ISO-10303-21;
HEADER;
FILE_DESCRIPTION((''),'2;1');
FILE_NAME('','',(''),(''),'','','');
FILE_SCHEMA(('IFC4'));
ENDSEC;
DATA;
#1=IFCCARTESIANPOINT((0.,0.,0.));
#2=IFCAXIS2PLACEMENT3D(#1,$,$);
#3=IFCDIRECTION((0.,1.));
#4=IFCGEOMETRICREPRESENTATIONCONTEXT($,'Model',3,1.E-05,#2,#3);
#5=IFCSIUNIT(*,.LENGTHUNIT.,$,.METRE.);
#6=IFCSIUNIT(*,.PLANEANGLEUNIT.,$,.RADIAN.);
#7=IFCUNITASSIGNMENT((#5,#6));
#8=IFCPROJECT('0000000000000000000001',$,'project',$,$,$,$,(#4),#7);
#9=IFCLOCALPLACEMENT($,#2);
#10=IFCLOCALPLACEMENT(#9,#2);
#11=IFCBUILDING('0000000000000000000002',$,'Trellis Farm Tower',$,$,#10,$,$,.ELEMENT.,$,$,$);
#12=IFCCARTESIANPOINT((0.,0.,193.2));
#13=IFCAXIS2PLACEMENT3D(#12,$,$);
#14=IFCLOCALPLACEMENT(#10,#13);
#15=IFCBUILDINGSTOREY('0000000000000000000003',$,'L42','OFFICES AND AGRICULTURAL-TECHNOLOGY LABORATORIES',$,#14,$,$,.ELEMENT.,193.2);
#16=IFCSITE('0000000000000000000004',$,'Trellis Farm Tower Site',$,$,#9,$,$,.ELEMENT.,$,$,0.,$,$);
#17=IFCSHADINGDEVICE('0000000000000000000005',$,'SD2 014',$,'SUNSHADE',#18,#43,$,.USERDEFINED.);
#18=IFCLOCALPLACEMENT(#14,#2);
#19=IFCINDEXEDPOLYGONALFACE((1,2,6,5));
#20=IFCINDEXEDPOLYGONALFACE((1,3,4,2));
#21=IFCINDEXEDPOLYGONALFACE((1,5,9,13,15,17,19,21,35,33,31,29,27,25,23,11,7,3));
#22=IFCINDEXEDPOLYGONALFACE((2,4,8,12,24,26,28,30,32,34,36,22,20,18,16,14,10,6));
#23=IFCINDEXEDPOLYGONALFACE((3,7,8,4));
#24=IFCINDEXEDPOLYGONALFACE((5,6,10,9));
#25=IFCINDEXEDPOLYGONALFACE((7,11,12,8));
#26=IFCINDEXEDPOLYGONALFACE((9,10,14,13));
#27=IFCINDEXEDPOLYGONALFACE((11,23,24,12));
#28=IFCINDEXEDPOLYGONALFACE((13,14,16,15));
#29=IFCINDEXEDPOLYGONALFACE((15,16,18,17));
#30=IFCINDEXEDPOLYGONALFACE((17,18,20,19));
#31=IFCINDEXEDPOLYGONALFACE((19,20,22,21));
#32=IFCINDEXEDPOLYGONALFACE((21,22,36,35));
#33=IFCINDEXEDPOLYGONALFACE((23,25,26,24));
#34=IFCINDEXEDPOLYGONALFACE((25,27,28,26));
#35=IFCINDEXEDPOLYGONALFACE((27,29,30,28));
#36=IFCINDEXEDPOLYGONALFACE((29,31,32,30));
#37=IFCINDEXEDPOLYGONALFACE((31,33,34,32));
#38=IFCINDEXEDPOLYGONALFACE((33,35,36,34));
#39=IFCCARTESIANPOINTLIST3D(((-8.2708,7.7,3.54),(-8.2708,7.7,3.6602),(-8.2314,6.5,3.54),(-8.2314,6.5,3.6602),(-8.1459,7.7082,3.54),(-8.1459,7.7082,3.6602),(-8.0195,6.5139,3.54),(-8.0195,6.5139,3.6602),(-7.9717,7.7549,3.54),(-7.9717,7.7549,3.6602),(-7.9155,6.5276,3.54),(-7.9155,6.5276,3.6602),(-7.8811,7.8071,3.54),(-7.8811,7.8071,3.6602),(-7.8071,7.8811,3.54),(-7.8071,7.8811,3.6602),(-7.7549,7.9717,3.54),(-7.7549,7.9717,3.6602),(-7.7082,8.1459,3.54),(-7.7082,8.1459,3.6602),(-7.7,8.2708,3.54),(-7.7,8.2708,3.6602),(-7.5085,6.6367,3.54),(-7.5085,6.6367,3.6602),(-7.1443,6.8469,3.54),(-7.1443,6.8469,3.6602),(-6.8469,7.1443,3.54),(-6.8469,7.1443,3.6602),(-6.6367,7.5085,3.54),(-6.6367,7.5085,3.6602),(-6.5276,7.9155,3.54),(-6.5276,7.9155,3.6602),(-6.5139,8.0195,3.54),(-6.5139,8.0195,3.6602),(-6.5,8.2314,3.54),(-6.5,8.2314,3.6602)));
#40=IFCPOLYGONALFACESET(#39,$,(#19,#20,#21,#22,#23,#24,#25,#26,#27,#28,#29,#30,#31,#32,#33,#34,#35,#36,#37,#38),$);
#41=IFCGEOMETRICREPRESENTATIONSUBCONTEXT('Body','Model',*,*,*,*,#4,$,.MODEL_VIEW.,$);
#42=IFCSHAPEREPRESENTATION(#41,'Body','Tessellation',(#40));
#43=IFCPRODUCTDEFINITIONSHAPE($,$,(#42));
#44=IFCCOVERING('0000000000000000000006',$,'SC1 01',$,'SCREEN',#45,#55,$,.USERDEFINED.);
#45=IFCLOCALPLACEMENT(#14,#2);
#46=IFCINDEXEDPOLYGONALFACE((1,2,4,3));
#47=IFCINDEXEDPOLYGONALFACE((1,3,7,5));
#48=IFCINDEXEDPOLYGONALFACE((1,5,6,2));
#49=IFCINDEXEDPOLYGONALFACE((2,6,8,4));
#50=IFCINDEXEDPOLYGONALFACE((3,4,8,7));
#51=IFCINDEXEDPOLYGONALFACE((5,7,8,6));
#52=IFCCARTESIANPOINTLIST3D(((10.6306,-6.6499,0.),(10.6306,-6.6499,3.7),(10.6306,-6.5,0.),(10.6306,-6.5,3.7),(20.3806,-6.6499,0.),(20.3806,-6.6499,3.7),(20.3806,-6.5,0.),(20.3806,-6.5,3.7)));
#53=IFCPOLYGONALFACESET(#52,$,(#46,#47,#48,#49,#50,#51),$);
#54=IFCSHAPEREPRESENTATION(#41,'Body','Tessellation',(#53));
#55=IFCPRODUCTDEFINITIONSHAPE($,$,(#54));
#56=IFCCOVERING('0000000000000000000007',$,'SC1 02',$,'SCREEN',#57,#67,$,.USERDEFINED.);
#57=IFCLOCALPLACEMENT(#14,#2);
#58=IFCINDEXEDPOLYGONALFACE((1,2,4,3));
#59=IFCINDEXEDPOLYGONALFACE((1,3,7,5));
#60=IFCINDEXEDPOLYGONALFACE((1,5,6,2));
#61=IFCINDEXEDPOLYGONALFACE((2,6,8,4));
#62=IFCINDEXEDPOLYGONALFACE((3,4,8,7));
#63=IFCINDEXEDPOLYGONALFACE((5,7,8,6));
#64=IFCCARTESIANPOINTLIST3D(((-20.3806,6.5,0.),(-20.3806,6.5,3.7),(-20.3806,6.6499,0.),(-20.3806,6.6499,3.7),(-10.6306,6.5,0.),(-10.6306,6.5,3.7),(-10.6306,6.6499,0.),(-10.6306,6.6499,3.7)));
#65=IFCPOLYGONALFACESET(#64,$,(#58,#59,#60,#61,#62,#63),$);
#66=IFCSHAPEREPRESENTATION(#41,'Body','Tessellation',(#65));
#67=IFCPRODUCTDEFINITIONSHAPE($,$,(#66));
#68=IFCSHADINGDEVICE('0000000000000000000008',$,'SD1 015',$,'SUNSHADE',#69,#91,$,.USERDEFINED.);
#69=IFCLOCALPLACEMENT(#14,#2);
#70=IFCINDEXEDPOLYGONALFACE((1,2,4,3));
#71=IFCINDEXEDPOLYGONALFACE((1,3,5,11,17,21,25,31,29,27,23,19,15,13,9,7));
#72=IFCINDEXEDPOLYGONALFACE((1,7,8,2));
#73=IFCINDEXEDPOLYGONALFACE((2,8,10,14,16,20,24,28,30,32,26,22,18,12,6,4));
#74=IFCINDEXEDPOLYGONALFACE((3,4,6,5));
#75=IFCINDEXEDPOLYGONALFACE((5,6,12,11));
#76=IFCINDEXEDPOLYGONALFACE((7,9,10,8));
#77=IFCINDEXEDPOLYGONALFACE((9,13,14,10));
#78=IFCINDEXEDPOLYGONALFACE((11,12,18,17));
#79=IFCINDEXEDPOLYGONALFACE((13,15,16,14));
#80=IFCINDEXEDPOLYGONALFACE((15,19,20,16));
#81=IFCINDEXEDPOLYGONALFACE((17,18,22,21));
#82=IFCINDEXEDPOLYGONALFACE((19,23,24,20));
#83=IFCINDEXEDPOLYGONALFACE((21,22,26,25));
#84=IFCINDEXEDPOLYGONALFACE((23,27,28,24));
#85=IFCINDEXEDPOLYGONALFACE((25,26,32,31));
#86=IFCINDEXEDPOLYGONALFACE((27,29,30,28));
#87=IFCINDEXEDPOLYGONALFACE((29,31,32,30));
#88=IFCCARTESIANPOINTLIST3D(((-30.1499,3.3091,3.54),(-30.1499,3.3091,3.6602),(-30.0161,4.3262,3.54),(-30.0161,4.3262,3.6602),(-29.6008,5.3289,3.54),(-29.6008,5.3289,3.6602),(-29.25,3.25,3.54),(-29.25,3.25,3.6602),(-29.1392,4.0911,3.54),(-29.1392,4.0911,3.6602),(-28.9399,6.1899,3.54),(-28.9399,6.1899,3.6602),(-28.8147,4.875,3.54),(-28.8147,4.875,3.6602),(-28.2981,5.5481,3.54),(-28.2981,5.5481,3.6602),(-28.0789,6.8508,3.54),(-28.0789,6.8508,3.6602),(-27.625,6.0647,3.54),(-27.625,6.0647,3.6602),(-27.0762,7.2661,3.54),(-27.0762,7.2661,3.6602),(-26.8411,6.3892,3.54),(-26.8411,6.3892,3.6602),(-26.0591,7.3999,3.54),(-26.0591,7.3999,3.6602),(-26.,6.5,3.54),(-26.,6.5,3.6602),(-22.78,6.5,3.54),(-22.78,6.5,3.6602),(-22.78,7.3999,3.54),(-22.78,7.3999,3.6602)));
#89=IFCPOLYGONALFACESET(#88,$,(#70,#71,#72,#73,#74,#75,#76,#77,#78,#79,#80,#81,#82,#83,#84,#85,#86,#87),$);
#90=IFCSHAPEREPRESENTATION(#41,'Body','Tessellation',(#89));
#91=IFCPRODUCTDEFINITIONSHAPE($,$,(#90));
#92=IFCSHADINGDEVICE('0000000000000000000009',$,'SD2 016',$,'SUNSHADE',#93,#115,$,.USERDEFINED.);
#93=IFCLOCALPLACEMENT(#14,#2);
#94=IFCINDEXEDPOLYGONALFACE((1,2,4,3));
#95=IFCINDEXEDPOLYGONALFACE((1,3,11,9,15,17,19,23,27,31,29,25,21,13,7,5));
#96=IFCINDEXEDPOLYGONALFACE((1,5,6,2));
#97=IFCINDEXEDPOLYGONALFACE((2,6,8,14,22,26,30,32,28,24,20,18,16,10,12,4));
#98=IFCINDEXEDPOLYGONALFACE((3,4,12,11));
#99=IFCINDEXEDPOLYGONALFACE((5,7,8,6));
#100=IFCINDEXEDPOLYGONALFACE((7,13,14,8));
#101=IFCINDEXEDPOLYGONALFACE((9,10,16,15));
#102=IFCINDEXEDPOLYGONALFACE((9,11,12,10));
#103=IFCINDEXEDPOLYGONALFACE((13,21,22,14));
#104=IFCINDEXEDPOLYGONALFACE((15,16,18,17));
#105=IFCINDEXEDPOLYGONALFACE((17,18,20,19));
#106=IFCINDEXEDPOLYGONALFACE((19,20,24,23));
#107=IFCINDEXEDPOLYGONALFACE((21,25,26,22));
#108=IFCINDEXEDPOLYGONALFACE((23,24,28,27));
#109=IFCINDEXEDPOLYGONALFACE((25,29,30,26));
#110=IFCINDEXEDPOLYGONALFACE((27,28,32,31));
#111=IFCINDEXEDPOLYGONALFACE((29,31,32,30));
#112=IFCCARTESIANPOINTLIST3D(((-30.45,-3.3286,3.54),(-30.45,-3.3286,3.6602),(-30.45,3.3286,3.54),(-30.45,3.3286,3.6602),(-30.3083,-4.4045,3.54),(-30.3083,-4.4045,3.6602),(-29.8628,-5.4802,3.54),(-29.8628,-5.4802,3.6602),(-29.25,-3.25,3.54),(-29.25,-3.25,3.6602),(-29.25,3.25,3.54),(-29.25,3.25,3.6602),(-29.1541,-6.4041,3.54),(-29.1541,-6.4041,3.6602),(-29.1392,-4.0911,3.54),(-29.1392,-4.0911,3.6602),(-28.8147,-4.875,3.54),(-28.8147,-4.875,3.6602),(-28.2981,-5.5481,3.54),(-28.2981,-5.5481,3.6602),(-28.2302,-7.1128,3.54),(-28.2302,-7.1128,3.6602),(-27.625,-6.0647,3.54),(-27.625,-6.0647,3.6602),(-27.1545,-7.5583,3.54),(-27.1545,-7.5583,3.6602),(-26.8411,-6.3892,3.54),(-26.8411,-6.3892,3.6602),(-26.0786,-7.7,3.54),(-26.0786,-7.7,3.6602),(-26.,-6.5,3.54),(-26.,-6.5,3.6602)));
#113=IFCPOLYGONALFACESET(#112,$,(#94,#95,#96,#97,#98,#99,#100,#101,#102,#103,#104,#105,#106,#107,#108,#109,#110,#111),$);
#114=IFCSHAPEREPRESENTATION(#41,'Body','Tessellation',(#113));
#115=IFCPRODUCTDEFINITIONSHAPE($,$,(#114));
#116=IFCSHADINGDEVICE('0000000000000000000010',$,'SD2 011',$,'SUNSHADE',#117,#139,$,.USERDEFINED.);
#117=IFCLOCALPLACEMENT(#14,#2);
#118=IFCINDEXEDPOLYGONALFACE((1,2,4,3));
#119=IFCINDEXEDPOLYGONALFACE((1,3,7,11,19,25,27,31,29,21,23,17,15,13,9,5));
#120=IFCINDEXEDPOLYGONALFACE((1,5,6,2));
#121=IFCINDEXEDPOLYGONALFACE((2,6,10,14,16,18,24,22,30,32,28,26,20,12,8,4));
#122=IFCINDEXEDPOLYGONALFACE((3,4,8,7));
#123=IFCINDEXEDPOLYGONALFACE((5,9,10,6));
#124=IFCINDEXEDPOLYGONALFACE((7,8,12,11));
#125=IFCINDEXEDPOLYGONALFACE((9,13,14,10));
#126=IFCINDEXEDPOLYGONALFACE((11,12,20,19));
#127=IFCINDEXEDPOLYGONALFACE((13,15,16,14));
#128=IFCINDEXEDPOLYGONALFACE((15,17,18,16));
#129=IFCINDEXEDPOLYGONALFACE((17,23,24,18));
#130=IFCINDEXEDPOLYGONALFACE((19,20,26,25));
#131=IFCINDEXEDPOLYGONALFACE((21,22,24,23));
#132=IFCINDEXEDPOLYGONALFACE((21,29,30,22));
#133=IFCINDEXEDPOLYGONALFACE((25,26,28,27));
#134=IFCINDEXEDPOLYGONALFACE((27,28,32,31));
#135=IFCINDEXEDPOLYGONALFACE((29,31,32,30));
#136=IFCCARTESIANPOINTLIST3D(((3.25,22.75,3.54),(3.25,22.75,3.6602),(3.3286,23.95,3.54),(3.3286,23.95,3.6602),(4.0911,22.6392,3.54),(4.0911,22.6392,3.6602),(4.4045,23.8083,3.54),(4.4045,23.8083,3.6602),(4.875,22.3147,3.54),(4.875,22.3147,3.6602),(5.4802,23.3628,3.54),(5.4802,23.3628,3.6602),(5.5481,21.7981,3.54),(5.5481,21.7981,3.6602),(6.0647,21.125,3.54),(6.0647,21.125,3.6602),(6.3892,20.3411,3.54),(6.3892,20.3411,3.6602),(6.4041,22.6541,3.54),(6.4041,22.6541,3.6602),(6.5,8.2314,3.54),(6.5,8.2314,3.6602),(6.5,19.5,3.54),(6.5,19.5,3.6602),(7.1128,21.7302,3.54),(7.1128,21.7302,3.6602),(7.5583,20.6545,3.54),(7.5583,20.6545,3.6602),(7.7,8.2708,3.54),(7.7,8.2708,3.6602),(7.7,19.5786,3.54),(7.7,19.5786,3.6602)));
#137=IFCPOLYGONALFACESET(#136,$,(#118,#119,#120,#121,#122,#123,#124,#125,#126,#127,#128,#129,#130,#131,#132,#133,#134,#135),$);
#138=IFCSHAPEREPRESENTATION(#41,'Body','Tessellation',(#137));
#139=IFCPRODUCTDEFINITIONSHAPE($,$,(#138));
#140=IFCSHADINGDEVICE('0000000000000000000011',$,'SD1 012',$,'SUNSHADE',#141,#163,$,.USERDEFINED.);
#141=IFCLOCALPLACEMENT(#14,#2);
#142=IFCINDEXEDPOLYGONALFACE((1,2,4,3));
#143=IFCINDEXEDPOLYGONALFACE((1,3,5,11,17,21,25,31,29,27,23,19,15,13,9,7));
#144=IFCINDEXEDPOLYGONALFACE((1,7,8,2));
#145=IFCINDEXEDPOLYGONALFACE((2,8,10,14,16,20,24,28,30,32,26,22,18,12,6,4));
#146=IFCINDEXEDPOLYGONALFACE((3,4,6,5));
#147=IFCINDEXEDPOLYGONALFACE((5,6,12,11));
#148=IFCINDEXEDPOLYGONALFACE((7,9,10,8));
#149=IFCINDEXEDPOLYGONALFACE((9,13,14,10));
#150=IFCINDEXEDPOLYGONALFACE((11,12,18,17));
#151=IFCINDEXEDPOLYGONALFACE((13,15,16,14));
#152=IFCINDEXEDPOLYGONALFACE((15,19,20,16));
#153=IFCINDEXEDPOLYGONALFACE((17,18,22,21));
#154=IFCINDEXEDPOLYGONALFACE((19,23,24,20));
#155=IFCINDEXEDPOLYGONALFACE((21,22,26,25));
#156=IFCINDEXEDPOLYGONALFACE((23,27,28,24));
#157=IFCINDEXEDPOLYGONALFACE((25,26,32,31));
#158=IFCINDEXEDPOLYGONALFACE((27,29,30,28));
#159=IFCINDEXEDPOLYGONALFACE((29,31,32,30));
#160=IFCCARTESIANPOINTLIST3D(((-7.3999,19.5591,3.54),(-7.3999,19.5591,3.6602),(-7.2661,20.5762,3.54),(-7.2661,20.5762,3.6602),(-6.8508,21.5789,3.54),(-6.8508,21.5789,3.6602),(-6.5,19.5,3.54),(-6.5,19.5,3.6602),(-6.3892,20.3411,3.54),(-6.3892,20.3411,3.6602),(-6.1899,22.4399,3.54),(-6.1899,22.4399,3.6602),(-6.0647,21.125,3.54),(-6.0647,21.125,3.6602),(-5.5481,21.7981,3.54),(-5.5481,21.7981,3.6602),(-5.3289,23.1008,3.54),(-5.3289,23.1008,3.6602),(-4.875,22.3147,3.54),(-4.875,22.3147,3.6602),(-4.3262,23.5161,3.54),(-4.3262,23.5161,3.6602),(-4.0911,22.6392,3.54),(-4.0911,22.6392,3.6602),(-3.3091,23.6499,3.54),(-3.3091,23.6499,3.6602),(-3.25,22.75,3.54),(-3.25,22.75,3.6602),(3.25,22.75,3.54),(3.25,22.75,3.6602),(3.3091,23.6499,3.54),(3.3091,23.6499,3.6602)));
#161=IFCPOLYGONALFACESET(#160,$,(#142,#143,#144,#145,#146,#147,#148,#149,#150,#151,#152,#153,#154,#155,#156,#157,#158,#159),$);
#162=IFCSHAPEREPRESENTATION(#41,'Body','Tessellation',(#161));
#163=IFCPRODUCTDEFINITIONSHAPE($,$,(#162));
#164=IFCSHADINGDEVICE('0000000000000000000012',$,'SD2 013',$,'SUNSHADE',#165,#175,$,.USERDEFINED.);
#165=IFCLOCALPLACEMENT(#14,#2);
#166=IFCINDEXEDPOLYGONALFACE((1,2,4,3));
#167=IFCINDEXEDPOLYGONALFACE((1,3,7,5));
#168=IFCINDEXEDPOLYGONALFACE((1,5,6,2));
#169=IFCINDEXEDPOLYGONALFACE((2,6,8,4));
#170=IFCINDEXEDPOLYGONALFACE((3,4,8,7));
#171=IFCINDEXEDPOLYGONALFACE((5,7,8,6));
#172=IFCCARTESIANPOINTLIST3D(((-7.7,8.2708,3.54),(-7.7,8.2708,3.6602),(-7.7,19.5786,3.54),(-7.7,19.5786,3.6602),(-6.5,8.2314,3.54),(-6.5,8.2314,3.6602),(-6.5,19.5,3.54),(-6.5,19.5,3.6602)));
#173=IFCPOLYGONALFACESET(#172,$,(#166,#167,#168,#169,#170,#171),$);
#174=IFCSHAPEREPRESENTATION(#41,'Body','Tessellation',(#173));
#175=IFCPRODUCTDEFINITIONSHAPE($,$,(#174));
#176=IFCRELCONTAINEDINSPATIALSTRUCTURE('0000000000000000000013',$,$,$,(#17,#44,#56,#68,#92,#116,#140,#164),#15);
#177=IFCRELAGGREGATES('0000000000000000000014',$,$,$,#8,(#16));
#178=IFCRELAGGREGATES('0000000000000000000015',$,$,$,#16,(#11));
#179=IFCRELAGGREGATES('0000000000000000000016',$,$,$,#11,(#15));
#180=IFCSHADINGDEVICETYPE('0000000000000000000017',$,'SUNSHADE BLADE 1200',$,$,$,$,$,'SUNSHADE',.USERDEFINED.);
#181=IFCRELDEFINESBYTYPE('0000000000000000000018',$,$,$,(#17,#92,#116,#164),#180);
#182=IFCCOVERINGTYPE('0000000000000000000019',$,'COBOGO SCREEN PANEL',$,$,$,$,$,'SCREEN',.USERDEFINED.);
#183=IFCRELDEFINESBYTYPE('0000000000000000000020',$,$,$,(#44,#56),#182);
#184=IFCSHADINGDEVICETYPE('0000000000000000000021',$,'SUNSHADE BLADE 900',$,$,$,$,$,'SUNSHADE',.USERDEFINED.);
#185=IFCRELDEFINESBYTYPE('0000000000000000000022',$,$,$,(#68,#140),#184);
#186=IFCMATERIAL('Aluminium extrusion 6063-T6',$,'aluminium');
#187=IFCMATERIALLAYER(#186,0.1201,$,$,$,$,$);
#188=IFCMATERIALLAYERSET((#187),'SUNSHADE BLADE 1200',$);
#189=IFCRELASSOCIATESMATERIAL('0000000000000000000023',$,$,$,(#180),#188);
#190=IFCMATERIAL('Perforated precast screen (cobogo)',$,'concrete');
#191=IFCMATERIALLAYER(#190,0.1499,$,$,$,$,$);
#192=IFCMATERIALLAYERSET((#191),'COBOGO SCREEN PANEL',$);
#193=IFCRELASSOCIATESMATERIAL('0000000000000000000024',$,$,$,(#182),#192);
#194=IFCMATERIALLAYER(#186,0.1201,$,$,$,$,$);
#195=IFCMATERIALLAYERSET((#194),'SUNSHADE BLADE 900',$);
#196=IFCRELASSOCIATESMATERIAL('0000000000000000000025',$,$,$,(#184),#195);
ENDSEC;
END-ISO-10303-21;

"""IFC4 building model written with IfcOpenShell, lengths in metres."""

from ifc_helpers import new_model, si_unit, direction, frame, origin, place, context, subcontext, project, spatial, polyline, outline, extrude, source, transform, mapped, material, layer, layer_set, type_object, element, save


model = new_model("IFC4")

# Units and contexts
model_context = context("Model", 3, precision=1e-05, world=origin(), true_north=direction((0.0, 1.0)))
body_context = subcontext(model_context, "Body", "Model", "MODEL_VIEW")
ifc_project = project(units=[si_unit("LENGTHUNIT", "METRE"), si_unit("PLANEANGLEUNIT", "RADIAN")], contexts=[model_context])

# Site, building, storey
site_placement = place(None, origin())
site = spatial("IfcSite", under=ifc_project, at=site_placement, Name="Trellis Farm Tower Site", CompositionType="ELEMENT", RefElevation=0.0)
building_placement = place(site_placement, origin())
building = spatial("IfcBuilding", under=site, at=building_placement, Name="Trellis Farm Tower", CompositionType="ELEMENT")
storey_placement = place(building_placement, frame((0.0, 0.0, 193.2)))
storey = spatial("IfcBuildingStorey", under=building, at=storey_placement, Name="L42", Description="OFFICES AND AGRICULTURAL-TECHNOLOGY LABORATORIES", CompositionType="ELEMENT", Elevation=193.2)

# Shared definitions
placement_1 = place(storey_placement, origin())
ifc_material_1 = material(Name="Aluminium extrusion 6063-T6", Category="aluminium")

# Shading device
ifc_layer_1 = layer(ifc_material_1, 0.1201)
ifc_layer_set_1 = layer_set([ifc_layer_1], Name="SUNSHADE BLADE 1200")
shading_device_type_1 = type_object("IfcShadingDeviceType", Name="SUNSHADE BLADE 1200", ElementType="SUNSHADE", PredefinedType="USERDEFINED", material=ifc_layer_set_1)
shared_shape_1 = source(origin(), body_context, "Body", "SweptSolid", [
    extrude(outline(polyline([(-7.7, 8.2708), (-7.7087, 8.1372), (-7.707, 8.1501), (-7.7549, 7.9717), (-7.8071, 7.8811), (-7.8811, 7.8071), (-7.9717, 7.7549), (-8.1501, 7.707), (-8.1372, 7.7087), (-8.2708, 7.7), (-8.2314, 6.5), (-8.0195, 6.5139), (-7.9155, 6.5276), (-7.5085, 6.6367), (-7.1443, 6.8469), (-6.8469, 7.1443), (-6.6367, 7.5085), (-6.5276, 7.9155), (-6.5139, 8.0195), (-6.5, 8.2314), (-7.7, 8.2708)])), origin(), (0.0, 0.0, 1.0), 0.1201),
])
placement_2 = place(storey_placement, frame((0.0, 0.0, 3.54)))
element("IfcShadingDevice", 1, at=placement_2, inside=storey, type_object=shading_device_type_1, Name="SD2 014", ObjectType="SUNSHADE", PredefinedType="USERDEFINED", context=body_context, shape_type="MappedRepresentation", body=[
    mapped(shared_shape_1, transform((0.0, 0.0, 0.0))),
])

# Coverings
ifc_material_2 = material(Name="Perforated precast screen (cobogo)", Category="concrete")
ifc_layer_2 = layer(ifc_material_2, 0.1499)
ifc_layer_set_2 = layer_set([ifc_layer_2], Name="COBOGO SCREEN PANEL")
covering_type = type_object("IfcCoveringType", Name="COBOGO SCREEN PANEL", ElementType="SCREEN", PredefinedType="USERDEFINED", material=ifc_layer_set_2)
shared_shape_2 = source(origin(), body_context, "Body", "SweptSolid", [
    extrude(outline(polyline([(10.6306, -6.6499), (20.3806, -6.6499), (20.3806, -6.5), (10.6306, -6.5), (10.6306, -6.6499)])), origin(), (0.0, 0.0, 1.0), 3.7),
])
element("IfcCovering", 2, at=placement_1, inside=storey, type_object=covering_type, Name="SC1 01", ObjectType="SCREEN", PredefinedType="USERDEFINED", context=body_context, shape_type="MappedRepresentation", body=[
    mapped(shared_shape_2, transform((0.0, 0.0, 0.0))),
])
shared_shape_3 = source(origin(), body_context, "Body", "SweptSolid", [
    extrude(outline(polyline([(-10.6306, 6.6499), (-20.3806, 6.6499), (-20.3806, 6.5), (-10.6306, 6.5), (-10.6306, 6.6499)])), origin(), (0.0, 0.0, 1.0), 3.7),
])
element("IfcCovering", 3, at=placement_1, inside=storey, type_object=covering_type, Name="SC1 02", ObjectType="SCREEN", PredefinedType="USERDEFINED", context=body_context, shape_type="MappedRepresentation", body=[
    mapped(shared_shape_3, transform((0.0, 0.0, 0.0))),
])

# Shading devices
ifc_layer_3 = layer(ifc_material_1, 0.1201)
ifc_layer_set_3 = layer_set([ifc_layer_3], Name="SUNSHADE BLADE 900")
shading_device_type_2 = type_object("IfcShadingDeviceType", Name="SUNSHADE BLADE 900", ElementType="SUNSHADE", PredefinedType="USERDEFINED", material=ifc_layer_set_3)
shared_shape_4 = source(origin(), body_context, "Body", "SweptSolid", [
    extrude(outline(polyline([(-22.78, 7.3999), (-26.0591, 7.3999), (-27.0762, 7.2661), (-28.0789, 6.8508), (-28.9399, 6.1899), (-29.6008, 5.3289), (-30.0161, 4.3262), (-30.1499, 3.3091), (-29.25, 3.25), (-29.1392, 4.0911), (-28.8147, 4.875), (-28.2981, 5.5481), (-27.625, 6.0647), (-26.8411, 6.3892), (-26.0, 6.5), (-22.78, 6.5), (-22.78, 7.3999)])), origin(), (0.0, 0.0, 1.0), 0.1201),
])
element("IfcShadingDevice", 4, at=placement_2, inside=storey, type_object=shading_device_type_2, Name="SD1 015", ObjectType="SUNSHADE", PredefinedType="USERDEFINED", context=body_context, shape_type="MappedRepresentation", body=[
    mapped(shared_shape_4, transform((0.0, 0.0, 0.0))),
])
shared_shape_5 = source(origin(), body_context, "Body", "SweptSolid", [
    extrude(outline(polyline([(-30.45, 3.3286), (-30.45, -3.3286), (-30.3083, -4.4045), (-29.8628, -5.4802), (-29.1541, -6.4041), (-28.2302, -7.1128), (-27.1545, -7.5583), (-26.0786, -7.7), (-26.0, -6.5), (-26.8411, -6.3892), (-27.625, -6.0647), (-28.2981, -5.5481), (-28.8147, -4.875), (-29.1392, -4.0911), (-29.25, -3.25), (-29.25, 3.25), (-30.45, 3.3286)])), origin(), (0.0, 0.0, 1.0), 0.1201),
])
element("IfcShadingDevice", 5, at=placement_2, inside=storey, type_object=shading_device_type_1, Name="SD2 016", ObjectType="SUNSHADE", PredefinedType="USERDEFINED", context=body_context, shape_type="MappedRepresentation", body=[
    mapped(shared_shape_5, transform((0.0, 0.0, 0.0))),
])
shared_shape_6 = source(origin(), body_context, "Body", "SweptSolid", [
    extrude(outline(polyline([(7.7, 8.2708), (7.7, 19.5786), (7.5583, 20.6545), (7.1128, 21.7302), (6.4041, 22.6541), (5.4802, 23.3628), (4.4045, 23.8083), (3.3286, 23.95), (3.25, 22.75), (4.0911, 22.6392), (4.875, 22.3147), (5.5481, 21.7981), (6.0647, 21.125), (6.3892, 20.3411), (6.5, 19.5), (6.5, 8.2314), (7.7, 8.2708)])), origin(), (0.0, 0.0, 1.0), 0.1201),
])
element("IfcShadingDevice", 6, at=placement_2, inside=storey, type_object=shading_device_type_1, Name="SD2 011", ObjectType="SUNSHADE", PredefinedType="USERDEFINED", context=body_context, shape_type="MappedRepresentation", body=[
    mapped(shared_shape_6, transform((0.0, 0.0, 0.0))),
])
shared_shape_7 = source(origin(), body_context, "Body", "SweptSolid", [
    extrude(outline(polyline([(3.3091, 23.6499), (-3.3091, 23.6499), (-4.3262, 23.5161), (-5.3289, 23.1008), (-6.1899, 22.4399), (-6.8508, 21.5789), (-7.2661, 20.5762), (-7.3999, 19.5591), (-6.5, 19.5), (-6.3892, 20.3411), (-6.0647, 21.125), (-5.5481, 21.7981), (-4.875, 22.3147), (-4.0911, 22.6392), (-3.25, 22.75), (3.25, 22.75), (3.3091, 23.6499)])), origin(), (0.0, 0.0, 1.0), 0.1201),
])
element("IfcShadingDevice", 7, at=placement_2, inside=storey, type_object=shading_device_type_2, Name="SD1 012", ObjectType="SUNSHADE", PredefinedType="USERDEFINED", context=body_context, shape_type="MappedRepresentation", body=[
    mapped(shared_shape_7, transform((0.0, 0.0, 0.0))),
])
shared_shape_8 = source(origin(), body_context, "Body", "SweptSolid", [
    extrude(outline(polyline([(-7.7, 19.5786), (-7.7, 8.2708), (-6.5, 8.2314), (-6.5, 19.5), (-7.7, 19.5786)])), origin(), (0.0, 0.0, 1.0), 0.1201),
])
element("IfcShadingDevice", 8, at=placement_2, inside=storey, type_object=shading_device_type_1, Name="SD2 013", ObjectType="SUNSHADE", PredefinedType="USERDEFINED", context=body_context, shape_type="MappedRepresentation", body=[
    mapped(shared_shape_8, transform((0.0, 0.0, 0.0))),
])

save(model, "model.ifc")
